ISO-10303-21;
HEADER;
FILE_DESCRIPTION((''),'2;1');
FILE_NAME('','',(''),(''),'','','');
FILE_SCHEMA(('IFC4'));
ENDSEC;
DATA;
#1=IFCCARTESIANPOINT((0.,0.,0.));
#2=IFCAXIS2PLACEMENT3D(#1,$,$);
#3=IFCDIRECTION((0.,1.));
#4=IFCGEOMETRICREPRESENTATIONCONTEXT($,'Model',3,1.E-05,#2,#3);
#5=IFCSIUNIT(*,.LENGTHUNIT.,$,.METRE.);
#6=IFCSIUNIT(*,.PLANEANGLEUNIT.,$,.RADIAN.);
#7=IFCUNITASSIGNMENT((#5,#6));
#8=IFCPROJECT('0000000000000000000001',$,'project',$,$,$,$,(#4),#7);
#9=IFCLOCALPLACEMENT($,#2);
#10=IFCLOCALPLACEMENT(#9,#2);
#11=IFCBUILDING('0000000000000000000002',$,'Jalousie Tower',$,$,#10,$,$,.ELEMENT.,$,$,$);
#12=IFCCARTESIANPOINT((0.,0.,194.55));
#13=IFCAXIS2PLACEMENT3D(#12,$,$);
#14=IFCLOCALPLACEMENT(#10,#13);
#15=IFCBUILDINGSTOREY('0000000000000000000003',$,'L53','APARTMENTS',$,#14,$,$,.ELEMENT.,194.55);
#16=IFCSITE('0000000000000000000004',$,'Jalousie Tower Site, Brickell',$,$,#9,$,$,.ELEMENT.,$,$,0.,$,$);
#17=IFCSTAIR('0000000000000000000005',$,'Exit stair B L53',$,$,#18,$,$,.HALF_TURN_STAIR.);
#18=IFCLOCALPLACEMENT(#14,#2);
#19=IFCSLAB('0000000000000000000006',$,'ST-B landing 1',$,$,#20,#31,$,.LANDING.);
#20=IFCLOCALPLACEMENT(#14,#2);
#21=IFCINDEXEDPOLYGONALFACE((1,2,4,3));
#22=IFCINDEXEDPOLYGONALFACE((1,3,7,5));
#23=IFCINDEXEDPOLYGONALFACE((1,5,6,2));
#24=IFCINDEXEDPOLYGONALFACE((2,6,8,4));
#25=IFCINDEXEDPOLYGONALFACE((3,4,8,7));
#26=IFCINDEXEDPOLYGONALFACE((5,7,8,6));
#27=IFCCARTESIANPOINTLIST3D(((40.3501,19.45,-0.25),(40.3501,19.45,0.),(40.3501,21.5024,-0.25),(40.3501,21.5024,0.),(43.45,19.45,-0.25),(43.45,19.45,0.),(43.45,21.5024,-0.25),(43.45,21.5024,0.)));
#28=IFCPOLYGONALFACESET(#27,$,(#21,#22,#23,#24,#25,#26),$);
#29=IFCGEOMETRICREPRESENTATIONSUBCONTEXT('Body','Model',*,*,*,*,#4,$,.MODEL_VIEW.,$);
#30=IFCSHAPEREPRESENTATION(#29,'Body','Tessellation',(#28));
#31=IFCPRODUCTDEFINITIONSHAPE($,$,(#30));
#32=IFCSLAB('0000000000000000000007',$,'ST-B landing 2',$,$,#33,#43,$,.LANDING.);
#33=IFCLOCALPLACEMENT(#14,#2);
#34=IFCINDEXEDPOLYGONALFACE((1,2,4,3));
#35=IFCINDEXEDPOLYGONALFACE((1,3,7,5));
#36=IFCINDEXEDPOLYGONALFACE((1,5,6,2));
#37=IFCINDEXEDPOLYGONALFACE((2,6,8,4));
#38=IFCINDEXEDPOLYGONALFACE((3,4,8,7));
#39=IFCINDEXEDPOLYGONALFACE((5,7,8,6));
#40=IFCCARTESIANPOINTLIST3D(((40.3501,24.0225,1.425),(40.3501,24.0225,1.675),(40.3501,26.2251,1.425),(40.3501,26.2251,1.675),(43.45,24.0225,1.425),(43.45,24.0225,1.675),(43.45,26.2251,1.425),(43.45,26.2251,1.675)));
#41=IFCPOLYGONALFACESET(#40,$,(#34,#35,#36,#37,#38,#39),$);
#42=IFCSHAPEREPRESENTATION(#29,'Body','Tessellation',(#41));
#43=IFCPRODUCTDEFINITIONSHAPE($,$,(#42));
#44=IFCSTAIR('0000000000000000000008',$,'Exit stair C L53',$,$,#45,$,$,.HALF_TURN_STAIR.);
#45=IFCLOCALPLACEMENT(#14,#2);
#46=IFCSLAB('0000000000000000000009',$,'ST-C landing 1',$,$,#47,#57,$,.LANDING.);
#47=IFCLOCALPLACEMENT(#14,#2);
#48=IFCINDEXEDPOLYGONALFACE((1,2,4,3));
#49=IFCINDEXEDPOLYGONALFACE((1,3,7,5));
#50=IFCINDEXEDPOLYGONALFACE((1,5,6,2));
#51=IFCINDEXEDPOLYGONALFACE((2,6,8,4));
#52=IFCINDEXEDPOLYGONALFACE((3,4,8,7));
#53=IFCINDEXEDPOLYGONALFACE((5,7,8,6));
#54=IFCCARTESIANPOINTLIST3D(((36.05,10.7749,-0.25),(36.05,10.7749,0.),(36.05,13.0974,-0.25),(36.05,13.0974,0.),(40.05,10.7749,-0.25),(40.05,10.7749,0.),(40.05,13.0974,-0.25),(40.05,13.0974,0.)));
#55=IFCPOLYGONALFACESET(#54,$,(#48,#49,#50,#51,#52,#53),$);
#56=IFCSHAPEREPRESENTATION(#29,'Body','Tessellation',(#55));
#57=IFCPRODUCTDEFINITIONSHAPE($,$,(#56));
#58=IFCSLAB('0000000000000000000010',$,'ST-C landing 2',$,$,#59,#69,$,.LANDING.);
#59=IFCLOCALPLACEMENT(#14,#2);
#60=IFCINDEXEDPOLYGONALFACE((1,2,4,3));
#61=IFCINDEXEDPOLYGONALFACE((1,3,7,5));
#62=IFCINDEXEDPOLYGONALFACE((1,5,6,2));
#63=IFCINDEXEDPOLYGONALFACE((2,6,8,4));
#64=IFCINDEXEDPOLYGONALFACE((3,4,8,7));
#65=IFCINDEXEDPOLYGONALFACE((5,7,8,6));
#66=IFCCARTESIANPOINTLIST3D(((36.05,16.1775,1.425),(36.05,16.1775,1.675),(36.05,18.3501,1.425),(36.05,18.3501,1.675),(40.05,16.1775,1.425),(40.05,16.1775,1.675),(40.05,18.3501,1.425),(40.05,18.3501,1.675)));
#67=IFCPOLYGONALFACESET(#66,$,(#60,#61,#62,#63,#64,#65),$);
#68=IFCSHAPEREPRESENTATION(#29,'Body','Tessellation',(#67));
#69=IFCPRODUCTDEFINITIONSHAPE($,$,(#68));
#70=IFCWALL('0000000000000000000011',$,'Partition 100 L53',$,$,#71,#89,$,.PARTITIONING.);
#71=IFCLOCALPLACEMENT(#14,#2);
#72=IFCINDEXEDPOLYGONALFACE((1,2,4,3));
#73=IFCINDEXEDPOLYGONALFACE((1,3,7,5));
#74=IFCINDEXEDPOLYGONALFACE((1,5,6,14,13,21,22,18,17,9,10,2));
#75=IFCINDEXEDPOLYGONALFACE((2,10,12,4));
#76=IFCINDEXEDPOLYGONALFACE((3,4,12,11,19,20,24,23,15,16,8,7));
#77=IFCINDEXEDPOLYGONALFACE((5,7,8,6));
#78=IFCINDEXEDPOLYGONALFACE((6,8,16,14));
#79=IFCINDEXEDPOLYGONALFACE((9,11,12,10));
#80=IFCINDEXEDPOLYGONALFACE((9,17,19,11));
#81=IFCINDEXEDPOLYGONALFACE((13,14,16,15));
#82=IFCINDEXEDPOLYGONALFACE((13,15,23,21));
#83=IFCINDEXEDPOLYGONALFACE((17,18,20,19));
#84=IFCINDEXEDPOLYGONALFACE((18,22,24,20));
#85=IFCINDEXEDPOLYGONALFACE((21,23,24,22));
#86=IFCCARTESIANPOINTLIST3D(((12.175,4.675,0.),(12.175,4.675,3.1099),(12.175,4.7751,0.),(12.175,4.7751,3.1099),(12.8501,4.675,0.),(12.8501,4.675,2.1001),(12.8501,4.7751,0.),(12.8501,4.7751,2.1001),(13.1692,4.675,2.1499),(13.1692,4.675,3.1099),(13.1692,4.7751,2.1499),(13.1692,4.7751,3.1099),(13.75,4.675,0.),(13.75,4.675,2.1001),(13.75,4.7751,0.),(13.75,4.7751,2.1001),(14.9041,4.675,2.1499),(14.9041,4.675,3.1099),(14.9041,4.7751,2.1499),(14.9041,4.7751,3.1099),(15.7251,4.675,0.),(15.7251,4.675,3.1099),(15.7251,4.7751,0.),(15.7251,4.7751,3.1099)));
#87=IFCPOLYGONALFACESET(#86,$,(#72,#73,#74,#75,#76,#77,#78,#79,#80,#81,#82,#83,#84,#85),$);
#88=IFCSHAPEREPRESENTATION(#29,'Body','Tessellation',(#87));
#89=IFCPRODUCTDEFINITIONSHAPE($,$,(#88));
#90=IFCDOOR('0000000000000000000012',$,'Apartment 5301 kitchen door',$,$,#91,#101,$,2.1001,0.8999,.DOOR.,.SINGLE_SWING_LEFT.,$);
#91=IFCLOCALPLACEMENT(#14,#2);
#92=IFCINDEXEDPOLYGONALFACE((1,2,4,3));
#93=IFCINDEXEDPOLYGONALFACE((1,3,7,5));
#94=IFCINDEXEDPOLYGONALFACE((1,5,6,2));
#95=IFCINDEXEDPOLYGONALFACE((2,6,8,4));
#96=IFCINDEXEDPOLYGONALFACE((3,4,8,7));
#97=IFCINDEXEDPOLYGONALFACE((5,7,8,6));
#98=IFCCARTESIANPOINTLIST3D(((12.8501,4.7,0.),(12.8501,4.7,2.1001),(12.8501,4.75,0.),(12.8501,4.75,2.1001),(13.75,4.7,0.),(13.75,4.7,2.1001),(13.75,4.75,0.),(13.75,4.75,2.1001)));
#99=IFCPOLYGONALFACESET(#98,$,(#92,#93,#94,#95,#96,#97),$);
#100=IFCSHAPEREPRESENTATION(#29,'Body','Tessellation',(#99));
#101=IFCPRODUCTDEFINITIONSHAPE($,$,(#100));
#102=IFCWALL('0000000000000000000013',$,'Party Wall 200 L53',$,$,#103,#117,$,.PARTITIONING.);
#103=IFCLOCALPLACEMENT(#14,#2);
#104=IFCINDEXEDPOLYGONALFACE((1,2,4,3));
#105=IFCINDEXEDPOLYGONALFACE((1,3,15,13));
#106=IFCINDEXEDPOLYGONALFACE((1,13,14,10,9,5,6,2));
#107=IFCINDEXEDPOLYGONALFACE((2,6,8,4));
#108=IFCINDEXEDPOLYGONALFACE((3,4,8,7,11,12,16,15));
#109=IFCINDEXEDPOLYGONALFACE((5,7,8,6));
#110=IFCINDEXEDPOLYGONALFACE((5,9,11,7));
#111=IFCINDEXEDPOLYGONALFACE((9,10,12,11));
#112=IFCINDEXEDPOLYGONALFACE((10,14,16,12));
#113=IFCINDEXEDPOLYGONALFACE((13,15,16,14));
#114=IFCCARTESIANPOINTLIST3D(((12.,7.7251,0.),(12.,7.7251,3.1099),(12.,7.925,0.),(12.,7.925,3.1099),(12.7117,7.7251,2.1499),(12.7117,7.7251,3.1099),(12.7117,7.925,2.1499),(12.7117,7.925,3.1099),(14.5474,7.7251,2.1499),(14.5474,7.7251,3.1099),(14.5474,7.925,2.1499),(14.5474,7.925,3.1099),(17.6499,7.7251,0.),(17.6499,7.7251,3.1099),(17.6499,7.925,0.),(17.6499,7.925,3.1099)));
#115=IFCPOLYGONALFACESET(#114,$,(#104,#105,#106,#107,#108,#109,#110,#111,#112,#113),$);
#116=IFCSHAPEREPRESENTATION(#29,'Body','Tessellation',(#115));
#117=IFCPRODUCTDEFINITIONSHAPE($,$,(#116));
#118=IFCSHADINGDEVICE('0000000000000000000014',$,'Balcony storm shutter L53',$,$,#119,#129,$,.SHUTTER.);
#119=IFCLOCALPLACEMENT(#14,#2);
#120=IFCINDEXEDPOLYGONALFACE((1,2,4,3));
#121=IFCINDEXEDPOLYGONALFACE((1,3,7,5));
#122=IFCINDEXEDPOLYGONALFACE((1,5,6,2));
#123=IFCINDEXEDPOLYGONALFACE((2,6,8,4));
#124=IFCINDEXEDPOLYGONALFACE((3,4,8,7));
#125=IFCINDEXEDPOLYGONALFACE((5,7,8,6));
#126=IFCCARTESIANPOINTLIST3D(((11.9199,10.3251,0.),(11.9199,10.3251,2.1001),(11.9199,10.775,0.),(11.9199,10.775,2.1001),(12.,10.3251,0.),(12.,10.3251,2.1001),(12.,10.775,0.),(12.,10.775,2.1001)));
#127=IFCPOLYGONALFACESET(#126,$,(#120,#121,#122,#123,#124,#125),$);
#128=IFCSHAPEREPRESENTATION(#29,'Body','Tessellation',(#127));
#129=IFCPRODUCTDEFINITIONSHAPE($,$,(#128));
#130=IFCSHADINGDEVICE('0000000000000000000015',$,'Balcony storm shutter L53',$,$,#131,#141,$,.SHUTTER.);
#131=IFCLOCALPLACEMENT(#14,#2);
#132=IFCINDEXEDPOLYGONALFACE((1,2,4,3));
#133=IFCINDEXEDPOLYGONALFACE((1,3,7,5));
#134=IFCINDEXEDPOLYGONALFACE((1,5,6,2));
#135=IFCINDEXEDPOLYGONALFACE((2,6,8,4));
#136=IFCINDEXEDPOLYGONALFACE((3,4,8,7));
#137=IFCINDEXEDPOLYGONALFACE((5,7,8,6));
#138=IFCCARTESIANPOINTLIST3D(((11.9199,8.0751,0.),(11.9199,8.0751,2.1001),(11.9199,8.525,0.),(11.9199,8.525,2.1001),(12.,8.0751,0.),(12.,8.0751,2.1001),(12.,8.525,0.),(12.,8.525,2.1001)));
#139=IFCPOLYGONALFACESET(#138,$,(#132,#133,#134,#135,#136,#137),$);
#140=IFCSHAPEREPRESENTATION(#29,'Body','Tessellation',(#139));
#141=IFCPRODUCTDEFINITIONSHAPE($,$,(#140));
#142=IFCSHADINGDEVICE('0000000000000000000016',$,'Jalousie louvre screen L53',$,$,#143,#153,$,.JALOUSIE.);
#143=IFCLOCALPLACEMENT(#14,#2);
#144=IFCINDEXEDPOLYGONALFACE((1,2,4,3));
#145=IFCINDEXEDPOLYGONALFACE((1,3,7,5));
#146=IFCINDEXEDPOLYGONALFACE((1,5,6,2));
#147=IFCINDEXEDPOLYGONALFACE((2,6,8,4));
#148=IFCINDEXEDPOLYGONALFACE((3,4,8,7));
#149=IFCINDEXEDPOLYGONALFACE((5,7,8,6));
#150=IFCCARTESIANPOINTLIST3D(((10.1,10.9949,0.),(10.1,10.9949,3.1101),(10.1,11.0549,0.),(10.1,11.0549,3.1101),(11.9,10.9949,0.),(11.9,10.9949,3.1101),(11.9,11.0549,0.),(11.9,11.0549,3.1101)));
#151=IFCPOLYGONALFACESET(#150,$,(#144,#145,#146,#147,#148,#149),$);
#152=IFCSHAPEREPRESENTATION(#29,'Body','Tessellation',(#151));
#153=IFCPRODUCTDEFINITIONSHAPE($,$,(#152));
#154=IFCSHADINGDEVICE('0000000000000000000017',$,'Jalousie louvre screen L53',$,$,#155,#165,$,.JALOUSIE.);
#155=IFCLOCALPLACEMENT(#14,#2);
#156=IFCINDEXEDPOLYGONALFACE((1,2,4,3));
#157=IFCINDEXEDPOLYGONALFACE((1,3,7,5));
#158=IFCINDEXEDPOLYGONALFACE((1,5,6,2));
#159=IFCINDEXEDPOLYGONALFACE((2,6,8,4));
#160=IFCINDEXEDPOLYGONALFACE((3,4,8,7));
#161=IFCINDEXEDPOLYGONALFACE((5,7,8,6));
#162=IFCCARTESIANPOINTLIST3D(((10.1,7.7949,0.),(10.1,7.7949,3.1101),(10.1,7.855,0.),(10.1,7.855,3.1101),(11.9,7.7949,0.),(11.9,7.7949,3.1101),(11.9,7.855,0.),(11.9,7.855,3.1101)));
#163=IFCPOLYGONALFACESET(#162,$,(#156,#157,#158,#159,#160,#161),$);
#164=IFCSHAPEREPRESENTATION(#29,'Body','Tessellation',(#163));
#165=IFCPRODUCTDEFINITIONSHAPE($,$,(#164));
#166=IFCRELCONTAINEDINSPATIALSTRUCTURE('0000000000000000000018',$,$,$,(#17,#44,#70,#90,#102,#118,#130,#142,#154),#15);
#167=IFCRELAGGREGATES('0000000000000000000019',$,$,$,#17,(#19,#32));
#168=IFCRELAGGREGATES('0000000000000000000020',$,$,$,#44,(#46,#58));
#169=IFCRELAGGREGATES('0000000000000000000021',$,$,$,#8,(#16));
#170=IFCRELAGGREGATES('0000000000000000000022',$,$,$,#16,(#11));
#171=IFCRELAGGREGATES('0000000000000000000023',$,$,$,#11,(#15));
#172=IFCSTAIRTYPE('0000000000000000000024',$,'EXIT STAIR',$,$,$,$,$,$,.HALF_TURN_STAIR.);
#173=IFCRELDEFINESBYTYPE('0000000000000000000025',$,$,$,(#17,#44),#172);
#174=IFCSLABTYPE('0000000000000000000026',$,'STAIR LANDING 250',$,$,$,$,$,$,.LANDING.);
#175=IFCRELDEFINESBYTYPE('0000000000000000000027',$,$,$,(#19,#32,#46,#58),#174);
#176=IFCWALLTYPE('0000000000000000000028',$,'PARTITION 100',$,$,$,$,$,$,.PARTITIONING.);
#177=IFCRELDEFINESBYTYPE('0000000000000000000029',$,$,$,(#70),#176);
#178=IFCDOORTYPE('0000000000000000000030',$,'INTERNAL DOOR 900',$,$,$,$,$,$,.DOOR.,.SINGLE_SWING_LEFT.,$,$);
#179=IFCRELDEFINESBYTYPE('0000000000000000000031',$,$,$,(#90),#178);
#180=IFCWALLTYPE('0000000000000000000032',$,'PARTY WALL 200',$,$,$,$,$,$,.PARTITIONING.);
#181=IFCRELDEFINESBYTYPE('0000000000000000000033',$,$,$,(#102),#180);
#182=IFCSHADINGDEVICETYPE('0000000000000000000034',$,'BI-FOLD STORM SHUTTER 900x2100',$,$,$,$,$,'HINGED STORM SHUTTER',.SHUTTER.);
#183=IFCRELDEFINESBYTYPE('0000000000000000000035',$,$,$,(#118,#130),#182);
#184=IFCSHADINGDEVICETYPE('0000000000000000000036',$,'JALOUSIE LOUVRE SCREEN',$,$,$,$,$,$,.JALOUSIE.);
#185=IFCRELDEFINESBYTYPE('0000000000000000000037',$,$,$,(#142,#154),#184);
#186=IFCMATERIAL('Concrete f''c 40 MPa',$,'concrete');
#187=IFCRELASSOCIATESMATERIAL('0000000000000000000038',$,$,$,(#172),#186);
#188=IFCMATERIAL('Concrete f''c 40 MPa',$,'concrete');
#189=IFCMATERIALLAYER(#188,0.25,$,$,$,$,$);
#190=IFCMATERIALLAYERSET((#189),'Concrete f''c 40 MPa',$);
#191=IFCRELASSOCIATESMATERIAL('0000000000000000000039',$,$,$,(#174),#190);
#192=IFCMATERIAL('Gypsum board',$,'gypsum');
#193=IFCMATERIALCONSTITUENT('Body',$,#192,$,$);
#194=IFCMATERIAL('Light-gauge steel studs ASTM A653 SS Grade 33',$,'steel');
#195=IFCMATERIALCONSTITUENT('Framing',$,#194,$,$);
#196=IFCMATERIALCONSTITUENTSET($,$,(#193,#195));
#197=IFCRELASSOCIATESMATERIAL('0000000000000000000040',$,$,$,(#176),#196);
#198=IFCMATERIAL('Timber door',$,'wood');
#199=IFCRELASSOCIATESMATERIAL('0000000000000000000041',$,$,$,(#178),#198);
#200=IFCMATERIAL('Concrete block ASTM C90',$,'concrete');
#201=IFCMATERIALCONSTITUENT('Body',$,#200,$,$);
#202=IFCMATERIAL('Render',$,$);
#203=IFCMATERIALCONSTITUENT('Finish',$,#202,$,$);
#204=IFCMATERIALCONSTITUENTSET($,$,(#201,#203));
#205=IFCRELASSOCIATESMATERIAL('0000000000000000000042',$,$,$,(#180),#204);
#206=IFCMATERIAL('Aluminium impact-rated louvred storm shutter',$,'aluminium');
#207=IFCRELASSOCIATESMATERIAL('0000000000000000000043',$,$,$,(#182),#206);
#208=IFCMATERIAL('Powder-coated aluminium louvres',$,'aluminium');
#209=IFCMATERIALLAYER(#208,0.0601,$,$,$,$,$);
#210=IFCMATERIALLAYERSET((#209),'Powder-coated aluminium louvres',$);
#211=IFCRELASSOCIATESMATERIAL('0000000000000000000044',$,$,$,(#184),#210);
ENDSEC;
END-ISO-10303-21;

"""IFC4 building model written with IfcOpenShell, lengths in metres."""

from ifc_helpers import new_model, si_unit, direction, frame, frame_2d, origin, origin_2d, place, context, subcontext, project, spatial, polyline, rectangle, outline, extrude, material, layer, layer_set, constituent, constituent_set, type_object, element, fill, aggregate, save


model = new_model("IFC4")

# Units and contexts
model_context = context("Model", 3, precision=1e-05, world=origin(), true_north=direction((0.0, 1.0)))
body_context = subcontext(model_context, "Body", "Model", "MODEL_VIEW")
ifc_project = project(units=[si_unit("LENGTHUNIT", "METRE"), si_unit("PLANEANGLEUNIT", "RADIAN")], contexts=[model_context])

# Site, building, storey
site_placement = place(None, origin())
site = spatial("IfcSite", under=ifc_project, at=site_placement, Name="Jalousie Tower Site, Brickell", CompositionType="ELEMENT", RefElevation=0.0)
building_placement = place(site_placement, origin())
building = spatial("IfcBuilding", under=site, at=building_placement, Name="Jalousie Tower", CompositionType="ELEMENT")
storey_placement = place(building_placement, frame((0.0, 0.0, 194.55)))
storey = spatial("IfcBuildingStorey", under=building, at=storey_placement, Name="L53", Description="APARTMENTS", CompositionType="ELEMENT", Elevation=194.55)

# Stairs, slabs
ifc_material_1 = material(Name="Concrete f'c 40 MPa", Category="concrete")
stair_type = type_object("IfcStairType", Name="EXIT STAIR", PredefinedType="HALF_TURN_STAIR", material=ifc_material_1)
ifc_material_2 = material(Name="Concrete f'c 40 MPa", Category="concrete")
ifc_layer_1 = layer(ifc_material_2, 0.25)
ifc_layer_set_1 = layer_set([ifc_layer_1], Name="Concrete f'c 40 MPa")
slab_type_1 = type_object("IfcSlabType", Name="STAIR LANDING 250", PredefinedType="LANDING", material=ifc_layer_set_1)
stair_1_placement = place(storey_placement, origin())
stair_1 = element("IfcStair", 1, at=stair_1_placement, inside=storey, type_object=stair_type, Name="Exit stair B L53", PredefinedType="HALF_TURN_STAIR")
slab_1_placement = place(storey_placement, frame((0.0, 0.0, -0.25)))
slab_1 = element("IfcSlab", 2, at=slab_1_placement, type_object=slab_type_1, Name="ST-B landing 1", PredefinedType="LANDING", context=body_context, shape_type="SweptSolid", body=[
    extrude(outline(polyline([(40.3501, 19.45), (43.45, 19.45), (43.45, 21.5024), (40.3501, 21.5024), (40.3501, 19.45)])), origin(), (0.0, 0.0, 1.0), 0.25),
])
slab_2_placement = place(storey_placement, frame((0.0, 0.0, 1.425)))
slab_2 = element("IfcSlab", 3, at=slab_2_placement, type_object=slab_type_1, Name="ST-B landing 2", PredefinedType="LANDING", context=body_context, shape_type="SweptSolid", body=[
    extrude(outline(polyline([(40.3501, 24.0225), (43.45, 24.0225), (43.45, 26.2251), (40.3501, 26.2251), (40.3501, 24.0225)])), origin(), (0.0, 0.0, 1.0), 0.25),
])
aggregate(stair_1, [slab_1, slab_2])
stair_2_placement = place(storey_placement, origin())
stair_2 = element("IfcStair", 4, at=stair_2_placement, inside=storey, type_object=stair_type, Name="Exit stair C L53", PredefinedType="HALF_TURN_STAIR")
slab_3_placement = place(storey_placement, frame((0.0, 0.0, -0.25)))
slab_3 = element("IfcSlab", 5, at=slab_3_placement, type_object=slab_type_1, Name="ST-C landing 1", PredefinedType="LANDING", context=body_context, shape_type="SweptSolid", body=[
    extrude(outline(polyline([(36.05, 10.7749), (40.05, 10.7749), (40.05, 13.0974), (36.05, 13.0974), (36.05, 10.7749)])), origin(), (0.0, 0.0, 1.0), 0.25),
])
slab_4_placement = place(storey_placement, frame((0.0, 0.0, 1.425)))
slab_4 = element("IfcSlab", 6, at=slab_4_placement, type_object=slab_type_1, Name="ST-C landing 2", PredefinedType="LANDING", context=body_context, shape_type="SweptSolid", body=[
    extrude(outline(polyline([(36.05, 16.1775), (40.05, 16.1775), (40.05, 18.3501), (36.05, 18.3501), (36.05, 16.1775)])), origin(), (0.0, 0.0, 1.0), 0.25),
])
aggregate(stair_2, [slab_3, slab_4])

# Wall, opening, door
ifc_material_3 = material(Name="Gypsum board", Category="gypsum")
ifc_constituent_1 = constituent(ifc_material_3, Name="Body")
ifc_material_4 = material(Name="Light-gauge steel studs ASTM A653 SS Grade 33", Category="steel")
ifc_constituent_2 = constituent(ifc_material_4, Name="Framing")
ifc_constituent_set_1 = constituent_set(constituents=[ifc_constituent_1, ifc_constituent_2])
wall_type_1 = type_object("IfcWallType", Name="PARTITION 100", PredefinedType="PARTITIONING", material=ifc_constituent_set_1)
wall_1_placement = place(storey_placement, frame((12.175, 4.7251, 0.0), z_axis=(0.0, 0.0, 1.0), x_axis=(1.0, 0.0, 0.0)))
wall_1 = element("IfcWall", 7, at=wall_1_placement, inside=storey, type_object=wall_type_1, Name="Partition 100 L53", PredefinedType="PARTITIONING", context=body_context, shape_type="SweptSolid", body=[
    extrude(outline(polyline([(0.0, 0.0), (3.55, 0.0), (3.55, 3.1099), (2.729, 3.1099), (2.729, 2.1499), (0.9941, 2.1499), (0.9941, 3.1099), (0.0, 3.1099), (0.0, 0.0)])), frame((0.0, 0.05, 0.0), z_axis=(0.0, -1.0, 0.0), x_axis=(1.0, 0.0, 0.0)), (0.0, 0.0, 1.0), 0.1001),
])
opening_placement = place(wall_1_placement, frame((0.675, 0.0, 0.0)))
opening = element("IfcOpeningElement", 8, at=opening_placement, cuts=wall_1, PredefinedType="OPENING", context=body_context, shape_type="SweptSolid", body=[
    extrude(rectangle(XDim=0.8999, YDim=2.1001, at=frame_2d((0.45, 1.05))), frame((0.0, 0.0601, 0.0), z_axis=(0.0, -1.0, 0.0), x_axis=(1.0, 0.0, 0.0)), (0.0, 0.0, 1.0), 0.1201),
])
ifc_material_5 = material(Name="Timber door", Category="wood")
door_type = type_object("IfcDoorType", Name="INTERNAL DOOR 900", OperationType="SINGLE_SWING_LEFT", PredefinedType="DOOR", material=ifc_material_5)
door_placement = place(opening_placement, origin())
door = element("IfcDoor", 9, at=door_placement, inside=storey, type_object=door_type, Name="Apartment 5301 kitchen door", OperationType="SINGLE_SWING_LEFT", OverallHeight=2.1001, OverallWidth=0.8999, PredefinedType="DOOR", context=body_context, shape_type="SweptSolid", body=[
    extrude(rectangle(XDim=0.8999, YDim=2.1001, at=frame_2d((0.45, 1.05))), frame((0.0, 0.0249, 0.0), z_axis=(0.0, -1.0, 0.0), x_axis=(1.0, 0.0, 0.0)), (0.0, 0.0, 1.0), 0.05),
])
fill(opening, door)

# Wall
ifc_material_6 = material(Name="Concrete block ASTM C90", Category="concrete")
ifc_constituent_3 = constituent(ifc_material_6, Name="Body")
ifc_material_7 = material(Name="Render")
ifc_constituent_4 = constituent(ifc_material_7, Name="Finish")
ifc_constituent_set_2 = constituent_set(constituents=[ifc_constituent_3, ifc_constituent_4])
wall_type_2 = type_object("IfcWallType", Name="PARTY WALL 200", PredefinedType="PARTITIONING", material=ifc_constituent_set_2)
wall_2_placement = place(storey_placement, frame((12.0, 7.825, 0.0), z_axis=(0.0, 0.0, 1.0), x_axis=(1.0, 0.0, 0.0)))
element("IfcWall", 10, at=wall_2_placement, inside=storey, type_object=wall_type_2, Name="Party Wall 200 L53", PredefinedType="PARTITIONING", context=body_context, shape_type="SweptSolid", body=[
    extrude(outline(polyline([(0.0, 0.0), (5.6499, 0.0), (5.6499, 3.1099), (2.5474, 3.1099), (2.5474, 2.1499), (0.7117, 2.1499), (0.7117, 3.1099), (0.0, 3.1099), (0.0, 0.0)])), frame((0.0, 0.1001, 0.0), z_axis=(0.0, -1.0, 0.0), x_axis=(1.0, 0.0, 0.0)), (0.0, 0.0, 1.0), 0.2),
])

# Shading devices
ifc_material_8 = material(Name="Aluminium impact-rated louvred storm shutter", Category="aluminium")
shading_device_type_1 = type_object("IfcShadingDeviceType", Name="BI-FOLD STORM SHUTTER 900x2100", ElementType="HINGED STORM SHUTTER", PredefinedType="SHUTTER", material=ifc_material_8)
for number, where, z_axis, x_axis, name in (
    (11, (11.96, 10.55, 0.0), (0.0, 0.0, 1.0), (0.0, -1.0, 0.0), "Balcony storm shutter L53"),
    (12, (11.96, 8.3, 0.0), (0.0, 0.0, 1.0), (0.0, -1.0, 0.0), "Balcony storm shutter L53"),
):
    element("IfcShadingDevice", number, at=place(storey_placement, frame(where, z_axis=z_axis, x_axis=x_axis)), inside=storey, type_object=shading_device_type_1, Name=name, PredefinedType="SHUTTER", context=body_context, shape_type="SweptSolid", body=[
        extrude(rectangle(XDim=0.45, YDim=0.0801, at=origin_2d()), origin(), (0.0, 0.0, 1.0), 2.1001),
    ])

# Shading devices
ifc_material_9 = material(Name="Powder-coated aluminium louvres", Category="aluminium")
ifc_layer_2 = layer(ifc_material_9, 0.0601)
ifc_layer_set_2 = layer_set([ifc_layer_2], Name="Powder-coated aluminium louvres")
shading_device_type_2 = type_object("IfcShadingDeviceType", Name="JALOUSIE LOUVRE SCREEN", PredefinedType="JALOUSIE", material=ifc_layer_set_2)
for number, where, z_axis, x_axis, name in (
    (13, (11.0, 11.0249, 0.0), (0.0, 0.0, 1.0), (0.0, -1.0, 0.0), "Jalousie louvre screen L53"),
    (14, (11.0, 7.825, 0.0), (0.0, 0.0, 1.0), (0.0, -1.0, 0.0), "Jalousie louvre screen L53"),
):
    element("IfcShadingDevice", number, at=place(storey_placement, frame(where, z_axis=z_axis, x_axis=x_axis)), inside=storey, type_object=shading_device_type_2, Name=name, PredefinedType="JALOUSIE", context=body_context, shape_type="SweptSolid", body=[
        extrude(rectangle(XDim=0.0601, YDim=1.8, at=origin_2d()), origin(), (0.0, 0.0, 1.0), 3.1101),
    ])

save(model, "model.ifc")
